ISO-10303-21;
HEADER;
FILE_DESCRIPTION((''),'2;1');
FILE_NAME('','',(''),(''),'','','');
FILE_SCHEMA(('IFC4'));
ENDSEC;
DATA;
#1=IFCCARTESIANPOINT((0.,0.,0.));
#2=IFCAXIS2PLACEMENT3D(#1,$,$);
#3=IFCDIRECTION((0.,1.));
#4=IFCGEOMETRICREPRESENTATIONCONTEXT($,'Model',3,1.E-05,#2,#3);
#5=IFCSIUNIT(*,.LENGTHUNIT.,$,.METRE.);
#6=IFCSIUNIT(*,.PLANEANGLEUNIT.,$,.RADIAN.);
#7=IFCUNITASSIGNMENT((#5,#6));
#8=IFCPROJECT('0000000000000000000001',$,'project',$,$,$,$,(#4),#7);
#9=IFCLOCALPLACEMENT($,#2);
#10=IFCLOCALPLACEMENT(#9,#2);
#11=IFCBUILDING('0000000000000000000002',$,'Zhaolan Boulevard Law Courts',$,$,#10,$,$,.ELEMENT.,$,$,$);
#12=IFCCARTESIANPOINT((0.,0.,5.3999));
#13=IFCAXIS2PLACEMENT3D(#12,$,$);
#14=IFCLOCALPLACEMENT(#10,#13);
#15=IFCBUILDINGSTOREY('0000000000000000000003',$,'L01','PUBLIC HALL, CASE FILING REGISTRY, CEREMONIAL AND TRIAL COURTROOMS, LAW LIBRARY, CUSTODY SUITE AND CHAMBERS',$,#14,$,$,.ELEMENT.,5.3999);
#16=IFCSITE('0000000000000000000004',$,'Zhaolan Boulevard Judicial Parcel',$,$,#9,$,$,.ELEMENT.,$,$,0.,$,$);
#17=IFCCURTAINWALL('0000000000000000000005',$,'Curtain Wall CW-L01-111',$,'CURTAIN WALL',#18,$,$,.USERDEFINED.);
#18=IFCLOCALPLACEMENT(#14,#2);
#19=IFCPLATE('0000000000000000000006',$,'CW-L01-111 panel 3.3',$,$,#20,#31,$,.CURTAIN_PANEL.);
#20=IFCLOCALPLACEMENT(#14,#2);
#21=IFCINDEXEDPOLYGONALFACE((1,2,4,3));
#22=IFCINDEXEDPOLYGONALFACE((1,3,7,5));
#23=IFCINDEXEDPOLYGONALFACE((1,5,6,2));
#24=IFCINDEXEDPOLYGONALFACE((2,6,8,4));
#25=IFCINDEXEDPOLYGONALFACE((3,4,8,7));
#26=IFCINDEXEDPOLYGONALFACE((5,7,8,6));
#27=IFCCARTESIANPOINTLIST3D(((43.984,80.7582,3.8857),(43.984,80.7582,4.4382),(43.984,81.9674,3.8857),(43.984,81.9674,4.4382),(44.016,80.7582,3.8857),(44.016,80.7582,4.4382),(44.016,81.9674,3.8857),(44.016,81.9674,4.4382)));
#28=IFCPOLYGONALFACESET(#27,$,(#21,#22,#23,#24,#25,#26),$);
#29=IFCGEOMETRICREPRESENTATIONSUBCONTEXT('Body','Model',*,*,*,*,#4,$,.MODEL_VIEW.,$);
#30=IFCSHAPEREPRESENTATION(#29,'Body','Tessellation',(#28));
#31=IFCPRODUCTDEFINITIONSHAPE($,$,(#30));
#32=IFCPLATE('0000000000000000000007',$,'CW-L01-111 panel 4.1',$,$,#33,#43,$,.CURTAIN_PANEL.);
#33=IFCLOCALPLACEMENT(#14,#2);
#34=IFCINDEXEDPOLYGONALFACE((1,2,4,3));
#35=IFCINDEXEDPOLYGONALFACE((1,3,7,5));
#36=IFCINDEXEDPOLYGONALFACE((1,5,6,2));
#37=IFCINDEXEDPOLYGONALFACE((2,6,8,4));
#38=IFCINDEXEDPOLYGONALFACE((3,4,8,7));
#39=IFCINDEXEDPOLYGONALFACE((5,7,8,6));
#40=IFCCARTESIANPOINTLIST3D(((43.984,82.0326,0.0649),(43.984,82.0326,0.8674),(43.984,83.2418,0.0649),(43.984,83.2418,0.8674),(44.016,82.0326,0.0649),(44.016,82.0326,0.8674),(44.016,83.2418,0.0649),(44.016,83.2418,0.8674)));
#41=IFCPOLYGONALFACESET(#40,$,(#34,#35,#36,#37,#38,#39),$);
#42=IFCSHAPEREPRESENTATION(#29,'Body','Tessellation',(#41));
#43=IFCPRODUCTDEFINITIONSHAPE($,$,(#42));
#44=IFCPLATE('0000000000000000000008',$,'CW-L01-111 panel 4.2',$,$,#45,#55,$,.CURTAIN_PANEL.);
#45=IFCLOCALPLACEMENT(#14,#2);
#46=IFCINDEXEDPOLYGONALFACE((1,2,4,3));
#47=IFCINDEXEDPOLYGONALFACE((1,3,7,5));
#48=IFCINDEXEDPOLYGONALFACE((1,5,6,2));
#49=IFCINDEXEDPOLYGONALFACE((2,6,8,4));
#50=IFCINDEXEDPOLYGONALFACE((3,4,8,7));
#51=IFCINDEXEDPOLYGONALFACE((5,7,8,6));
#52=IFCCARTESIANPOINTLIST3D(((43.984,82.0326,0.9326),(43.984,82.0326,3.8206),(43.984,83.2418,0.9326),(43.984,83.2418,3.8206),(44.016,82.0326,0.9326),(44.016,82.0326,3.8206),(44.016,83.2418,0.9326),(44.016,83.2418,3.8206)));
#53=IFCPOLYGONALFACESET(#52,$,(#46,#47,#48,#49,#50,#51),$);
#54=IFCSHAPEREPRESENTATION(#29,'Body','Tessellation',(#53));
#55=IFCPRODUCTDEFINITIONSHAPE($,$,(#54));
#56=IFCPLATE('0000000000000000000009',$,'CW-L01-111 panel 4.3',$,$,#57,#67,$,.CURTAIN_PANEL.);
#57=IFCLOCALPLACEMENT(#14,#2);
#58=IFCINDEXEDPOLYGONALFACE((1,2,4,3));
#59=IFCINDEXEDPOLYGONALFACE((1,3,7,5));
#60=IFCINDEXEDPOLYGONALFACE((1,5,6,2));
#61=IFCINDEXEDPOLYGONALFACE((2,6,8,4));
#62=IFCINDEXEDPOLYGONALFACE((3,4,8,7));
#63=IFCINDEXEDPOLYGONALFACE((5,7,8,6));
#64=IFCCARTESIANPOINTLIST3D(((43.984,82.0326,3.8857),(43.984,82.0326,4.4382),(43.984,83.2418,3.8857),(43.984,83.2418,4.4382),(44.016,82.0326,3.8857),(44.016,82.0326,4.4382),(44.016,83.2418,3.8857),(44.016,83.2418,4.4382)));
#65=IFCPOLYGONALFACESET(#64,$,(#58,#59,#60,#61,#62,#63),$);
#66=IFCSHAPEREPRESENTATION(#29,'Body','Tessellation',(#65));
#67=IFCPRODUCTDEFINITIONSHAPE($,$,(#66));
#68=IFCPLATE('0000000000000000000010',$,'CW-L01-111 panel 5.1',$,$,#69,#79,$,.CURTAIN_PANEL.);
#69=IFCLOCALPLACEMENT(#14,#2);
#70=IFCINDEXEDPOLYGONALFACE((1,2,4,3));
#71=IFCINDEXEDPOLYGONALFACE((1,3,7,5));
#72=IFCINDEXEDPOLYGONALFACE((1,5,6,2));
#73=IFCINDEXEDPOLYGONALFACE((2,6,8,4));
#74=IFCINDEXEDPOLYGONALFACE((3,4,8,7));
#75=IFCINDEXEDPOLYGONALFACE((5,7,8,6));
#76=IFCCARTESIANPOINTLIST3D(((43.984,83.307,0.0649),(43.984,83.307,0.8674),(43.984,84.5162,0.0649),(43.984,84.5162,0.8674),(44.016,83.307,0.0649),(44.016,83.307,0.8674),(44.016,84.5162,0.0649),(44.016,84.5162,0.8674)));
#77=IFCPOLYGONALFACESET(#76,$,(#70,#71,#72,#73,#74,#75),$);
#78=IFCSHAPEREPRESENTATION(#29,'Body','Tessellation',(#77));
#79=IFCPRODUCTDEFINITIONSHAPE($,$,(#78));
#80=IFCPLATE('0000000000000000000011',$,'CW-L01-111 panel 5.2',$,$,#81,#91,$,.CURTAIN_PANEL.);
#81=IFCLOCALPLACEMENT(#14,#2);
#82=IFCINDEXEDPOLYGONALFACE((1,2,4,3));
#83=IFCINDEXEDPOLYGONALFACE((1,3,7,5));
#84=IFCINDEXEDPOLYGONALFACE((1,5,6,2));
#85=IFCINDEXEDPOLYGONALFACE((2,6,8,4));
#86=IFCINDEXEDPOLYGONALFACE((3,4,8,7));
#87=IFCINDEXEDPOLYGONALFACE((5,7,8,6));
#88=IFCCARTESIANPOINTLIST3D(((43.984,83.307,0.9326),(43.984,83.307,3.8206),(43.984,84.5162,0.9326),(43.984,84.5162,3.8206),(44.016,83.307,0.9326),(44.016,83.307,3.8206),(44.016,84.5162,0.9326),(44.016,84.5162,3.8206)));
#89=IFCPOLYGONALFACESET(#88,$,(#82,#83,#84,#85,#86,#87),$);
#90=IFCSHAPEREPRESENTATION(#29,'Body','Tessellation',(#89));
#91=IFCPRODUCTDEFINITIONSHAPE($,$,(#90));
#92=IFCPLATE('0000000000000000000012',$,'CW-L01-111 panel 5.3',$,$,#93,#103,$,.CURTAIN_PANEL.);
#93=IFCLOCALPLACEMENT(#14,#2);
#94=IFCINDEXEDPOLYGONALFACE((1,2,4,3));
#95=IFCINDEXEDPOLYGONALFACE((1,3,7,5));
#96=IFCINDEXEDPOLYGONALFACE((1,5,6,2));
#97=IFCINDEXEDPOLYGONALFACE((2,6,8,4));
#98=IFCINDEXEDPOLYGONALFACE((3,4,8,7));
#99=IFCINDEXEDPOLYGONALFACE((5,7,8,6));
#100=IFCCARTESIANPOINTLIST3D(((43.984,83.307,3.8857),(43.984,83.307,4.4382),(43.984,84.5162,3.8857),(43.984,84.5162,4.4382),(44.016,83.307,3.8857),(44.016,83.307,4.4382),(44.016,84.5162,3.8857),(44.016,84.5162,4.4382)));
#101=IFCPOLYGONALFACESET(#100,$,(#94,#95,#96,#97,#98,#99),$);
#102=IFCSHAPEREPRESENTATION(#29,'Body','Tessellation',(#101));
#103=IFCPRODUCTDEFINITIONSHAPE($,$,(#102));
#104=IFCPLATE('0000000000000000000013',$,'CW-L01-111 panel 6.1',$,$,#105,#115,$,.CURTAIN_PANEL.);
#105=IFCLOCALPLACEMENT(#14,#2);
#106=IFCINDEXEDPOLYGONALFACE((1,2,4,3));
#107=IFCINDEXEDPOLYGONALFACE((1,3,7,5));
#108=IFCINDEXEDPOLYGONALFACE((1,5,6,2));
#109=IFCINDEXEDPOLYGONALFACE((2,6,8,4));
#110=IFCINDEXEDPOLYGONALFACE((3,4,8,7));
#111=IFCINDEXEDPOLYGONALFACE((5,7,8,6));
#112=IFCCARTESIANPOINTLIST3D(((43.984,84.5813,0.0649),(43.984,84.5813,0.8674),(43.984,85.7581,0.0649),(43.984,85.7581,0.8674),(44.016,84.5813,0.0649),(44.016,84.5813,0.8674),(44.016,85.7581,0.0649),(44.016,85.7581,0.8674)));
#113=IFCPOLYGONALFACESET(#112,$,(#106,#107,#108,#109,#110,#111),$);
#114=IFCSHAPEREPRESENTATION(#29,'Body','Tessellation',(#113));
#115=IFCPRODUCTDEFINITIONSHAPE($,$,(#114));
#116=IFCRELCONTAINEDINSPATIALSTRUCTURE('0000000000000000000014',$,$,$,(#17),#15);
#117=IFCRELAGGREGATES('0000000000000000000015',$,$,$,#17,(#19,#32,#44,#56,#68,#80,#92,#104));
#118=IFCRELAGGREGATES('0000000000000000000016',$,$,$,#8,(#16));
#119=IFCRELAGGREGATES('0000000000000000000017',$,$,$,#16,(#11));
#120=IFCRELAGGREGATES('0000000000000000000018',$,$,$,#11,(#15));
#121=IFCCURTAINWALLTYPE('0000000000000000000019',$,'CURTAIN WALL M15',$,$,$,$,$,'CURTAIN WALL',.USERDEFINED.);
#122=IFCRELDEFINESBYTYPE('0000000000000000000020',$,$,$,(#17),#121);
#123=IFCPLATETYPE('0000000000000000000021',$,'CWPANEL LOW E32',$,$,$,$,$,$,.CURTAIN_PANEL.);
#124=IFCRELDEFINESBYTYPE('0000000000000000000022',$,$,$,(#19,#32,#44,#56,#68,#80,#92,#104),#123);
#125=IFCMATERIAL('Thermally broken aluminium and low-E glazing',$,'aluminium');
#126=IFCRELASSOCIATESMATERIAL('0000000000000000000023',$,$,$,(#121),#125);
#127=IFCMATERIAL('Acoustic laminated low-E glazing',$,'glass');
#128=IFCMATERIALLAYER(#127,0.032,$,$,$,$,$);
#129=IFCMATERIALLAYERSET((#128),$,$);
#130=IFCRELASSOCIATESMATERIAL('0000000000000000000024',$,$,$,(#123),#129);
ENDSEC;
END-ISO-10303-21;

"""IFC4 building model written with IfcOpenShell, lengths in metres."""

from ifc_helpers import new_model, si_unit, direction, frame, origin, origin_2d, place, context, subcontext, project, spatial, rectangle, extrude, material, layer, layer_set, type_object, element, aggregate, save


model = new_model("IFC4")

# Units and contexts
model_context = context("Model", 3, precision=1e-05, world=origin(), true_north=direction((0.0, 1.0)))
body_context = subcontext(model_context, "Body", "Model", "MODEL_VIEW")
ifc_project = project(units=[si_unit("LENGTHUNIT", "METRE"), si_unit("PLANEANGLEUNIT", "RADIAN")], contexts=[model_context])

# Site, building, storey
site_placement = place(None, origin())
site = spatial("IfcSite", under=ifc_project, at=site_placement, Name="Zhaolan Boulevard Judicial Parcel", CompositionType="ELEMENT", RefElevation=0.0)
building_placement = place(site_placement, origin())
building = spatial("IfcBuilding", under=site, at=building_placement, Name="Zhaolan Boulevard Law Courts", CompositionType="ELEMENT")
storey_placement = place(building_placement, frame((0.0, 0.0, 5.3999)))
storey = spatial("IfcBuildingStorey", under=building, at=storey_placement, Name="L01", Description="PUBLIC HALL, CASE FILING REGISTRY, CEREMONIAL AND TRIAL COURTROOMS, LAW LIBRARY, CUSTODY SUITE AND CHAMBERS", CompositionType="ELEMENT", Elevation=5.3999)

# Curtain wall, plates
ifc_material_1 = material(Name="Thermally broken aluminium and low-E glazing", Category="aluminium")
curtain_wall_type = type_object("IfcCurtainWallType", Name="CURTAIN WALL M15", ElementType="CURTAIN WALL", PredefinedType="USERDEFINED", material=ifc_material_1)
curtain_wall_placement = place(storey_placement, origin())
curtain_wall = element("IfcCurtainWall", 1, at=curtain_wall_placement, inside=storey, type_object=curtain_wall_type, Name="Curtain Wall CW-L01-111", ObjectType="CURTAIN WALL", PredefinedType="USERDEFINED")
ifc_material_2 = material(Name="Acoustic laminated low-E glazing", Category="glass")
ifc_layer = layer(ifc_material_2, 0.032)
ifc_layer_set = layer_set([ifc_layer])
plate_type = type_object("IfcPlateType", Name="CWPANEL LOW E32", PredefinedType="CURTAIN_PANEL", material=ifc_layer_set)
plate_1_placement = place(storey_placement, frame((44.0, 81.3628, 3.8857), z_axis=(0.0, 0.0, 1.0), x_axis=(0.0, 1.0, 0.0)))
plate_1 = element("IfcPlate", 2, at=plate_1_placement, type_object=plate_type, Name="CW-L01-111 panel 3.3", PredefinedType="CURTAIN_PANEL", context=body_context, shape_type="SweptSolid", body=[
    extrude(rectangle(XDim=1.2092, YDim=0.032, at=origin_2d()), origin(), (0.0, 0.0, 1.0), 0.5525),
])
plate_2_placement = place(storey_placement, frame((44.0, 82.6372, 0.0649), z_axis=(0.0, 0.0, 1.0), x_axis=(0.0, 1.0, 0.0)))
plate_2 = element("IfcPlate", 3, at=plate_2_placement, type_object=plate_type, Name="CW-L01-111 panel 4.1", PredefinedType="CURTAIN_PANEL", context=body_context, shape_type="SweptSolid", body=[
    extrude(rectangle(XDim=1.2092, YDim=0.032, at=origin_2d()), origin(), (0.0, 0.0, 1.0), 0.8025),
])
plate_3_placement = place(storey_placement, frame((44.0, 82.6372, 0.9326), z_axis=(0.0, 0.0, 1.0), x_axis=(0.0, 1.0, 0.0)))
plate_3 = element("IfcPlate", 4, at=plate_3_placement, type_object=plate_type, Name="CW-L01-111 panel 4.2", PredefinedType="CURTAIN_PANEL", context=body_context, shape_type="SweptSolid", body=[
    extrude(rectangle(XDim=1.2092, YDim=0.032, at=origin_2d()), origin(), (0.0, 0.0, 1.0), 2.8879),
])
plate_4_placement = place(storey_placement, frame((44.0, 82.6372, 3.8857), z_axis=(0.0, 0.0, 1.0), x_axis=(0.0, 1.0, 0.0)))
plate_4 = element("IfcPlate", 5, at=plate_4_placement, type_object=plate_type, Name="CW-L01-111 panel 4.3", PredefinedType="CURTAIN_PANEL", context=body_context, shape_type="SweptSolid", body=[
    extrude(rectangle(XDim=1.2092, YDim=0.032, at=origin_2d()), origin(), (0.0, 0.0, 1.0), 0.5525),
])
plate_5_placement = place(storey_placement, frame((44.0, 83.9116, 0.0649), z_axis=(0.0, 0.0, 1.0), x_axis=(0.0, 1.0, 0.0)))
plate_5 = element("IfcPlate", 6, at=plate_5_placement, type_object=plate_type, Name="CW-L01-111 panel 5.1", PredefinedType="CURTAIN_PANEL", context=body_context, shape_type="SweptSolid", body=[
    extrude(rectangle(XDim=1.2092, YDim=0.032, at=origin_2d()), origin(), (0.0, 0.0, 1.0), 0.8025),
])
plate_6_placement = place(storey_placement, frame((44.0, 83.9116, 0.9326), z_axis=(0.0, 0.0, 1.0), x_axis=(0.0, 1.0, 0.0)))
plate_6 = element("IfcPlate", 7, at=plate_6_placement, type_object=plate_type, Name="CW-L01-111 panel 5.2", PredefinedType="CURTAIN_PANEL", context=body_context, shape_type="SweptSolid", body=[
    extrude(rectangle(XDim=1.2092, YDim=0.032, at=origin_2d()), origin(), (0.0, 0.0, 1.0), 2.8879),
])
plate_7_placement = place(storey_placement, frame((44.0, 83.9116, 3.8857), z_axis=(0.0, 0.0, 1.0), x_axis=(0.0, 1.0, 0.0)))
plate_7 = element("IfcPlate", 8, at=plate_7_placement, type_object=plate_type, Name="CW-L01-111 panel 5.3", PredefinedType="CURTAIN_PANEL", context=body_context, shape_type="SweptSolid", body=[
    extrude(rectangle(XDim=1.2092, YDim=0.032, at=origin_2d()), origin(), (0.0, 0.0, 1.0), 0.5525),
])
plate_8_placement = place(storey_placement, frame((44.0, 85.1697, 0.0649), z_axis=(0.0, 0.0, 1.0), x_axis=(0.0, 1.0, 0.0)))
plate_8 = element("IfcPlate", 9, at=plate_8_placement, type_object=plate_type, Name="CW-L01-111 panel 6.1", PredefinedType="CURTAIN_PANEL", context=body_context, shape_type="SweptSolid", body=[
    extrude(rectangle(XDim=1.1768, YDim=0.032, at=origin_2d()), origin(), (0.0, 0.0, 1.0), 0.8025),
])
aggregate(curtain_wall, [plate_1, plate_2, plate_3, plate_4, plate_5, plate_6, plate_7, plate_8])

save(model, "model.ifc")
